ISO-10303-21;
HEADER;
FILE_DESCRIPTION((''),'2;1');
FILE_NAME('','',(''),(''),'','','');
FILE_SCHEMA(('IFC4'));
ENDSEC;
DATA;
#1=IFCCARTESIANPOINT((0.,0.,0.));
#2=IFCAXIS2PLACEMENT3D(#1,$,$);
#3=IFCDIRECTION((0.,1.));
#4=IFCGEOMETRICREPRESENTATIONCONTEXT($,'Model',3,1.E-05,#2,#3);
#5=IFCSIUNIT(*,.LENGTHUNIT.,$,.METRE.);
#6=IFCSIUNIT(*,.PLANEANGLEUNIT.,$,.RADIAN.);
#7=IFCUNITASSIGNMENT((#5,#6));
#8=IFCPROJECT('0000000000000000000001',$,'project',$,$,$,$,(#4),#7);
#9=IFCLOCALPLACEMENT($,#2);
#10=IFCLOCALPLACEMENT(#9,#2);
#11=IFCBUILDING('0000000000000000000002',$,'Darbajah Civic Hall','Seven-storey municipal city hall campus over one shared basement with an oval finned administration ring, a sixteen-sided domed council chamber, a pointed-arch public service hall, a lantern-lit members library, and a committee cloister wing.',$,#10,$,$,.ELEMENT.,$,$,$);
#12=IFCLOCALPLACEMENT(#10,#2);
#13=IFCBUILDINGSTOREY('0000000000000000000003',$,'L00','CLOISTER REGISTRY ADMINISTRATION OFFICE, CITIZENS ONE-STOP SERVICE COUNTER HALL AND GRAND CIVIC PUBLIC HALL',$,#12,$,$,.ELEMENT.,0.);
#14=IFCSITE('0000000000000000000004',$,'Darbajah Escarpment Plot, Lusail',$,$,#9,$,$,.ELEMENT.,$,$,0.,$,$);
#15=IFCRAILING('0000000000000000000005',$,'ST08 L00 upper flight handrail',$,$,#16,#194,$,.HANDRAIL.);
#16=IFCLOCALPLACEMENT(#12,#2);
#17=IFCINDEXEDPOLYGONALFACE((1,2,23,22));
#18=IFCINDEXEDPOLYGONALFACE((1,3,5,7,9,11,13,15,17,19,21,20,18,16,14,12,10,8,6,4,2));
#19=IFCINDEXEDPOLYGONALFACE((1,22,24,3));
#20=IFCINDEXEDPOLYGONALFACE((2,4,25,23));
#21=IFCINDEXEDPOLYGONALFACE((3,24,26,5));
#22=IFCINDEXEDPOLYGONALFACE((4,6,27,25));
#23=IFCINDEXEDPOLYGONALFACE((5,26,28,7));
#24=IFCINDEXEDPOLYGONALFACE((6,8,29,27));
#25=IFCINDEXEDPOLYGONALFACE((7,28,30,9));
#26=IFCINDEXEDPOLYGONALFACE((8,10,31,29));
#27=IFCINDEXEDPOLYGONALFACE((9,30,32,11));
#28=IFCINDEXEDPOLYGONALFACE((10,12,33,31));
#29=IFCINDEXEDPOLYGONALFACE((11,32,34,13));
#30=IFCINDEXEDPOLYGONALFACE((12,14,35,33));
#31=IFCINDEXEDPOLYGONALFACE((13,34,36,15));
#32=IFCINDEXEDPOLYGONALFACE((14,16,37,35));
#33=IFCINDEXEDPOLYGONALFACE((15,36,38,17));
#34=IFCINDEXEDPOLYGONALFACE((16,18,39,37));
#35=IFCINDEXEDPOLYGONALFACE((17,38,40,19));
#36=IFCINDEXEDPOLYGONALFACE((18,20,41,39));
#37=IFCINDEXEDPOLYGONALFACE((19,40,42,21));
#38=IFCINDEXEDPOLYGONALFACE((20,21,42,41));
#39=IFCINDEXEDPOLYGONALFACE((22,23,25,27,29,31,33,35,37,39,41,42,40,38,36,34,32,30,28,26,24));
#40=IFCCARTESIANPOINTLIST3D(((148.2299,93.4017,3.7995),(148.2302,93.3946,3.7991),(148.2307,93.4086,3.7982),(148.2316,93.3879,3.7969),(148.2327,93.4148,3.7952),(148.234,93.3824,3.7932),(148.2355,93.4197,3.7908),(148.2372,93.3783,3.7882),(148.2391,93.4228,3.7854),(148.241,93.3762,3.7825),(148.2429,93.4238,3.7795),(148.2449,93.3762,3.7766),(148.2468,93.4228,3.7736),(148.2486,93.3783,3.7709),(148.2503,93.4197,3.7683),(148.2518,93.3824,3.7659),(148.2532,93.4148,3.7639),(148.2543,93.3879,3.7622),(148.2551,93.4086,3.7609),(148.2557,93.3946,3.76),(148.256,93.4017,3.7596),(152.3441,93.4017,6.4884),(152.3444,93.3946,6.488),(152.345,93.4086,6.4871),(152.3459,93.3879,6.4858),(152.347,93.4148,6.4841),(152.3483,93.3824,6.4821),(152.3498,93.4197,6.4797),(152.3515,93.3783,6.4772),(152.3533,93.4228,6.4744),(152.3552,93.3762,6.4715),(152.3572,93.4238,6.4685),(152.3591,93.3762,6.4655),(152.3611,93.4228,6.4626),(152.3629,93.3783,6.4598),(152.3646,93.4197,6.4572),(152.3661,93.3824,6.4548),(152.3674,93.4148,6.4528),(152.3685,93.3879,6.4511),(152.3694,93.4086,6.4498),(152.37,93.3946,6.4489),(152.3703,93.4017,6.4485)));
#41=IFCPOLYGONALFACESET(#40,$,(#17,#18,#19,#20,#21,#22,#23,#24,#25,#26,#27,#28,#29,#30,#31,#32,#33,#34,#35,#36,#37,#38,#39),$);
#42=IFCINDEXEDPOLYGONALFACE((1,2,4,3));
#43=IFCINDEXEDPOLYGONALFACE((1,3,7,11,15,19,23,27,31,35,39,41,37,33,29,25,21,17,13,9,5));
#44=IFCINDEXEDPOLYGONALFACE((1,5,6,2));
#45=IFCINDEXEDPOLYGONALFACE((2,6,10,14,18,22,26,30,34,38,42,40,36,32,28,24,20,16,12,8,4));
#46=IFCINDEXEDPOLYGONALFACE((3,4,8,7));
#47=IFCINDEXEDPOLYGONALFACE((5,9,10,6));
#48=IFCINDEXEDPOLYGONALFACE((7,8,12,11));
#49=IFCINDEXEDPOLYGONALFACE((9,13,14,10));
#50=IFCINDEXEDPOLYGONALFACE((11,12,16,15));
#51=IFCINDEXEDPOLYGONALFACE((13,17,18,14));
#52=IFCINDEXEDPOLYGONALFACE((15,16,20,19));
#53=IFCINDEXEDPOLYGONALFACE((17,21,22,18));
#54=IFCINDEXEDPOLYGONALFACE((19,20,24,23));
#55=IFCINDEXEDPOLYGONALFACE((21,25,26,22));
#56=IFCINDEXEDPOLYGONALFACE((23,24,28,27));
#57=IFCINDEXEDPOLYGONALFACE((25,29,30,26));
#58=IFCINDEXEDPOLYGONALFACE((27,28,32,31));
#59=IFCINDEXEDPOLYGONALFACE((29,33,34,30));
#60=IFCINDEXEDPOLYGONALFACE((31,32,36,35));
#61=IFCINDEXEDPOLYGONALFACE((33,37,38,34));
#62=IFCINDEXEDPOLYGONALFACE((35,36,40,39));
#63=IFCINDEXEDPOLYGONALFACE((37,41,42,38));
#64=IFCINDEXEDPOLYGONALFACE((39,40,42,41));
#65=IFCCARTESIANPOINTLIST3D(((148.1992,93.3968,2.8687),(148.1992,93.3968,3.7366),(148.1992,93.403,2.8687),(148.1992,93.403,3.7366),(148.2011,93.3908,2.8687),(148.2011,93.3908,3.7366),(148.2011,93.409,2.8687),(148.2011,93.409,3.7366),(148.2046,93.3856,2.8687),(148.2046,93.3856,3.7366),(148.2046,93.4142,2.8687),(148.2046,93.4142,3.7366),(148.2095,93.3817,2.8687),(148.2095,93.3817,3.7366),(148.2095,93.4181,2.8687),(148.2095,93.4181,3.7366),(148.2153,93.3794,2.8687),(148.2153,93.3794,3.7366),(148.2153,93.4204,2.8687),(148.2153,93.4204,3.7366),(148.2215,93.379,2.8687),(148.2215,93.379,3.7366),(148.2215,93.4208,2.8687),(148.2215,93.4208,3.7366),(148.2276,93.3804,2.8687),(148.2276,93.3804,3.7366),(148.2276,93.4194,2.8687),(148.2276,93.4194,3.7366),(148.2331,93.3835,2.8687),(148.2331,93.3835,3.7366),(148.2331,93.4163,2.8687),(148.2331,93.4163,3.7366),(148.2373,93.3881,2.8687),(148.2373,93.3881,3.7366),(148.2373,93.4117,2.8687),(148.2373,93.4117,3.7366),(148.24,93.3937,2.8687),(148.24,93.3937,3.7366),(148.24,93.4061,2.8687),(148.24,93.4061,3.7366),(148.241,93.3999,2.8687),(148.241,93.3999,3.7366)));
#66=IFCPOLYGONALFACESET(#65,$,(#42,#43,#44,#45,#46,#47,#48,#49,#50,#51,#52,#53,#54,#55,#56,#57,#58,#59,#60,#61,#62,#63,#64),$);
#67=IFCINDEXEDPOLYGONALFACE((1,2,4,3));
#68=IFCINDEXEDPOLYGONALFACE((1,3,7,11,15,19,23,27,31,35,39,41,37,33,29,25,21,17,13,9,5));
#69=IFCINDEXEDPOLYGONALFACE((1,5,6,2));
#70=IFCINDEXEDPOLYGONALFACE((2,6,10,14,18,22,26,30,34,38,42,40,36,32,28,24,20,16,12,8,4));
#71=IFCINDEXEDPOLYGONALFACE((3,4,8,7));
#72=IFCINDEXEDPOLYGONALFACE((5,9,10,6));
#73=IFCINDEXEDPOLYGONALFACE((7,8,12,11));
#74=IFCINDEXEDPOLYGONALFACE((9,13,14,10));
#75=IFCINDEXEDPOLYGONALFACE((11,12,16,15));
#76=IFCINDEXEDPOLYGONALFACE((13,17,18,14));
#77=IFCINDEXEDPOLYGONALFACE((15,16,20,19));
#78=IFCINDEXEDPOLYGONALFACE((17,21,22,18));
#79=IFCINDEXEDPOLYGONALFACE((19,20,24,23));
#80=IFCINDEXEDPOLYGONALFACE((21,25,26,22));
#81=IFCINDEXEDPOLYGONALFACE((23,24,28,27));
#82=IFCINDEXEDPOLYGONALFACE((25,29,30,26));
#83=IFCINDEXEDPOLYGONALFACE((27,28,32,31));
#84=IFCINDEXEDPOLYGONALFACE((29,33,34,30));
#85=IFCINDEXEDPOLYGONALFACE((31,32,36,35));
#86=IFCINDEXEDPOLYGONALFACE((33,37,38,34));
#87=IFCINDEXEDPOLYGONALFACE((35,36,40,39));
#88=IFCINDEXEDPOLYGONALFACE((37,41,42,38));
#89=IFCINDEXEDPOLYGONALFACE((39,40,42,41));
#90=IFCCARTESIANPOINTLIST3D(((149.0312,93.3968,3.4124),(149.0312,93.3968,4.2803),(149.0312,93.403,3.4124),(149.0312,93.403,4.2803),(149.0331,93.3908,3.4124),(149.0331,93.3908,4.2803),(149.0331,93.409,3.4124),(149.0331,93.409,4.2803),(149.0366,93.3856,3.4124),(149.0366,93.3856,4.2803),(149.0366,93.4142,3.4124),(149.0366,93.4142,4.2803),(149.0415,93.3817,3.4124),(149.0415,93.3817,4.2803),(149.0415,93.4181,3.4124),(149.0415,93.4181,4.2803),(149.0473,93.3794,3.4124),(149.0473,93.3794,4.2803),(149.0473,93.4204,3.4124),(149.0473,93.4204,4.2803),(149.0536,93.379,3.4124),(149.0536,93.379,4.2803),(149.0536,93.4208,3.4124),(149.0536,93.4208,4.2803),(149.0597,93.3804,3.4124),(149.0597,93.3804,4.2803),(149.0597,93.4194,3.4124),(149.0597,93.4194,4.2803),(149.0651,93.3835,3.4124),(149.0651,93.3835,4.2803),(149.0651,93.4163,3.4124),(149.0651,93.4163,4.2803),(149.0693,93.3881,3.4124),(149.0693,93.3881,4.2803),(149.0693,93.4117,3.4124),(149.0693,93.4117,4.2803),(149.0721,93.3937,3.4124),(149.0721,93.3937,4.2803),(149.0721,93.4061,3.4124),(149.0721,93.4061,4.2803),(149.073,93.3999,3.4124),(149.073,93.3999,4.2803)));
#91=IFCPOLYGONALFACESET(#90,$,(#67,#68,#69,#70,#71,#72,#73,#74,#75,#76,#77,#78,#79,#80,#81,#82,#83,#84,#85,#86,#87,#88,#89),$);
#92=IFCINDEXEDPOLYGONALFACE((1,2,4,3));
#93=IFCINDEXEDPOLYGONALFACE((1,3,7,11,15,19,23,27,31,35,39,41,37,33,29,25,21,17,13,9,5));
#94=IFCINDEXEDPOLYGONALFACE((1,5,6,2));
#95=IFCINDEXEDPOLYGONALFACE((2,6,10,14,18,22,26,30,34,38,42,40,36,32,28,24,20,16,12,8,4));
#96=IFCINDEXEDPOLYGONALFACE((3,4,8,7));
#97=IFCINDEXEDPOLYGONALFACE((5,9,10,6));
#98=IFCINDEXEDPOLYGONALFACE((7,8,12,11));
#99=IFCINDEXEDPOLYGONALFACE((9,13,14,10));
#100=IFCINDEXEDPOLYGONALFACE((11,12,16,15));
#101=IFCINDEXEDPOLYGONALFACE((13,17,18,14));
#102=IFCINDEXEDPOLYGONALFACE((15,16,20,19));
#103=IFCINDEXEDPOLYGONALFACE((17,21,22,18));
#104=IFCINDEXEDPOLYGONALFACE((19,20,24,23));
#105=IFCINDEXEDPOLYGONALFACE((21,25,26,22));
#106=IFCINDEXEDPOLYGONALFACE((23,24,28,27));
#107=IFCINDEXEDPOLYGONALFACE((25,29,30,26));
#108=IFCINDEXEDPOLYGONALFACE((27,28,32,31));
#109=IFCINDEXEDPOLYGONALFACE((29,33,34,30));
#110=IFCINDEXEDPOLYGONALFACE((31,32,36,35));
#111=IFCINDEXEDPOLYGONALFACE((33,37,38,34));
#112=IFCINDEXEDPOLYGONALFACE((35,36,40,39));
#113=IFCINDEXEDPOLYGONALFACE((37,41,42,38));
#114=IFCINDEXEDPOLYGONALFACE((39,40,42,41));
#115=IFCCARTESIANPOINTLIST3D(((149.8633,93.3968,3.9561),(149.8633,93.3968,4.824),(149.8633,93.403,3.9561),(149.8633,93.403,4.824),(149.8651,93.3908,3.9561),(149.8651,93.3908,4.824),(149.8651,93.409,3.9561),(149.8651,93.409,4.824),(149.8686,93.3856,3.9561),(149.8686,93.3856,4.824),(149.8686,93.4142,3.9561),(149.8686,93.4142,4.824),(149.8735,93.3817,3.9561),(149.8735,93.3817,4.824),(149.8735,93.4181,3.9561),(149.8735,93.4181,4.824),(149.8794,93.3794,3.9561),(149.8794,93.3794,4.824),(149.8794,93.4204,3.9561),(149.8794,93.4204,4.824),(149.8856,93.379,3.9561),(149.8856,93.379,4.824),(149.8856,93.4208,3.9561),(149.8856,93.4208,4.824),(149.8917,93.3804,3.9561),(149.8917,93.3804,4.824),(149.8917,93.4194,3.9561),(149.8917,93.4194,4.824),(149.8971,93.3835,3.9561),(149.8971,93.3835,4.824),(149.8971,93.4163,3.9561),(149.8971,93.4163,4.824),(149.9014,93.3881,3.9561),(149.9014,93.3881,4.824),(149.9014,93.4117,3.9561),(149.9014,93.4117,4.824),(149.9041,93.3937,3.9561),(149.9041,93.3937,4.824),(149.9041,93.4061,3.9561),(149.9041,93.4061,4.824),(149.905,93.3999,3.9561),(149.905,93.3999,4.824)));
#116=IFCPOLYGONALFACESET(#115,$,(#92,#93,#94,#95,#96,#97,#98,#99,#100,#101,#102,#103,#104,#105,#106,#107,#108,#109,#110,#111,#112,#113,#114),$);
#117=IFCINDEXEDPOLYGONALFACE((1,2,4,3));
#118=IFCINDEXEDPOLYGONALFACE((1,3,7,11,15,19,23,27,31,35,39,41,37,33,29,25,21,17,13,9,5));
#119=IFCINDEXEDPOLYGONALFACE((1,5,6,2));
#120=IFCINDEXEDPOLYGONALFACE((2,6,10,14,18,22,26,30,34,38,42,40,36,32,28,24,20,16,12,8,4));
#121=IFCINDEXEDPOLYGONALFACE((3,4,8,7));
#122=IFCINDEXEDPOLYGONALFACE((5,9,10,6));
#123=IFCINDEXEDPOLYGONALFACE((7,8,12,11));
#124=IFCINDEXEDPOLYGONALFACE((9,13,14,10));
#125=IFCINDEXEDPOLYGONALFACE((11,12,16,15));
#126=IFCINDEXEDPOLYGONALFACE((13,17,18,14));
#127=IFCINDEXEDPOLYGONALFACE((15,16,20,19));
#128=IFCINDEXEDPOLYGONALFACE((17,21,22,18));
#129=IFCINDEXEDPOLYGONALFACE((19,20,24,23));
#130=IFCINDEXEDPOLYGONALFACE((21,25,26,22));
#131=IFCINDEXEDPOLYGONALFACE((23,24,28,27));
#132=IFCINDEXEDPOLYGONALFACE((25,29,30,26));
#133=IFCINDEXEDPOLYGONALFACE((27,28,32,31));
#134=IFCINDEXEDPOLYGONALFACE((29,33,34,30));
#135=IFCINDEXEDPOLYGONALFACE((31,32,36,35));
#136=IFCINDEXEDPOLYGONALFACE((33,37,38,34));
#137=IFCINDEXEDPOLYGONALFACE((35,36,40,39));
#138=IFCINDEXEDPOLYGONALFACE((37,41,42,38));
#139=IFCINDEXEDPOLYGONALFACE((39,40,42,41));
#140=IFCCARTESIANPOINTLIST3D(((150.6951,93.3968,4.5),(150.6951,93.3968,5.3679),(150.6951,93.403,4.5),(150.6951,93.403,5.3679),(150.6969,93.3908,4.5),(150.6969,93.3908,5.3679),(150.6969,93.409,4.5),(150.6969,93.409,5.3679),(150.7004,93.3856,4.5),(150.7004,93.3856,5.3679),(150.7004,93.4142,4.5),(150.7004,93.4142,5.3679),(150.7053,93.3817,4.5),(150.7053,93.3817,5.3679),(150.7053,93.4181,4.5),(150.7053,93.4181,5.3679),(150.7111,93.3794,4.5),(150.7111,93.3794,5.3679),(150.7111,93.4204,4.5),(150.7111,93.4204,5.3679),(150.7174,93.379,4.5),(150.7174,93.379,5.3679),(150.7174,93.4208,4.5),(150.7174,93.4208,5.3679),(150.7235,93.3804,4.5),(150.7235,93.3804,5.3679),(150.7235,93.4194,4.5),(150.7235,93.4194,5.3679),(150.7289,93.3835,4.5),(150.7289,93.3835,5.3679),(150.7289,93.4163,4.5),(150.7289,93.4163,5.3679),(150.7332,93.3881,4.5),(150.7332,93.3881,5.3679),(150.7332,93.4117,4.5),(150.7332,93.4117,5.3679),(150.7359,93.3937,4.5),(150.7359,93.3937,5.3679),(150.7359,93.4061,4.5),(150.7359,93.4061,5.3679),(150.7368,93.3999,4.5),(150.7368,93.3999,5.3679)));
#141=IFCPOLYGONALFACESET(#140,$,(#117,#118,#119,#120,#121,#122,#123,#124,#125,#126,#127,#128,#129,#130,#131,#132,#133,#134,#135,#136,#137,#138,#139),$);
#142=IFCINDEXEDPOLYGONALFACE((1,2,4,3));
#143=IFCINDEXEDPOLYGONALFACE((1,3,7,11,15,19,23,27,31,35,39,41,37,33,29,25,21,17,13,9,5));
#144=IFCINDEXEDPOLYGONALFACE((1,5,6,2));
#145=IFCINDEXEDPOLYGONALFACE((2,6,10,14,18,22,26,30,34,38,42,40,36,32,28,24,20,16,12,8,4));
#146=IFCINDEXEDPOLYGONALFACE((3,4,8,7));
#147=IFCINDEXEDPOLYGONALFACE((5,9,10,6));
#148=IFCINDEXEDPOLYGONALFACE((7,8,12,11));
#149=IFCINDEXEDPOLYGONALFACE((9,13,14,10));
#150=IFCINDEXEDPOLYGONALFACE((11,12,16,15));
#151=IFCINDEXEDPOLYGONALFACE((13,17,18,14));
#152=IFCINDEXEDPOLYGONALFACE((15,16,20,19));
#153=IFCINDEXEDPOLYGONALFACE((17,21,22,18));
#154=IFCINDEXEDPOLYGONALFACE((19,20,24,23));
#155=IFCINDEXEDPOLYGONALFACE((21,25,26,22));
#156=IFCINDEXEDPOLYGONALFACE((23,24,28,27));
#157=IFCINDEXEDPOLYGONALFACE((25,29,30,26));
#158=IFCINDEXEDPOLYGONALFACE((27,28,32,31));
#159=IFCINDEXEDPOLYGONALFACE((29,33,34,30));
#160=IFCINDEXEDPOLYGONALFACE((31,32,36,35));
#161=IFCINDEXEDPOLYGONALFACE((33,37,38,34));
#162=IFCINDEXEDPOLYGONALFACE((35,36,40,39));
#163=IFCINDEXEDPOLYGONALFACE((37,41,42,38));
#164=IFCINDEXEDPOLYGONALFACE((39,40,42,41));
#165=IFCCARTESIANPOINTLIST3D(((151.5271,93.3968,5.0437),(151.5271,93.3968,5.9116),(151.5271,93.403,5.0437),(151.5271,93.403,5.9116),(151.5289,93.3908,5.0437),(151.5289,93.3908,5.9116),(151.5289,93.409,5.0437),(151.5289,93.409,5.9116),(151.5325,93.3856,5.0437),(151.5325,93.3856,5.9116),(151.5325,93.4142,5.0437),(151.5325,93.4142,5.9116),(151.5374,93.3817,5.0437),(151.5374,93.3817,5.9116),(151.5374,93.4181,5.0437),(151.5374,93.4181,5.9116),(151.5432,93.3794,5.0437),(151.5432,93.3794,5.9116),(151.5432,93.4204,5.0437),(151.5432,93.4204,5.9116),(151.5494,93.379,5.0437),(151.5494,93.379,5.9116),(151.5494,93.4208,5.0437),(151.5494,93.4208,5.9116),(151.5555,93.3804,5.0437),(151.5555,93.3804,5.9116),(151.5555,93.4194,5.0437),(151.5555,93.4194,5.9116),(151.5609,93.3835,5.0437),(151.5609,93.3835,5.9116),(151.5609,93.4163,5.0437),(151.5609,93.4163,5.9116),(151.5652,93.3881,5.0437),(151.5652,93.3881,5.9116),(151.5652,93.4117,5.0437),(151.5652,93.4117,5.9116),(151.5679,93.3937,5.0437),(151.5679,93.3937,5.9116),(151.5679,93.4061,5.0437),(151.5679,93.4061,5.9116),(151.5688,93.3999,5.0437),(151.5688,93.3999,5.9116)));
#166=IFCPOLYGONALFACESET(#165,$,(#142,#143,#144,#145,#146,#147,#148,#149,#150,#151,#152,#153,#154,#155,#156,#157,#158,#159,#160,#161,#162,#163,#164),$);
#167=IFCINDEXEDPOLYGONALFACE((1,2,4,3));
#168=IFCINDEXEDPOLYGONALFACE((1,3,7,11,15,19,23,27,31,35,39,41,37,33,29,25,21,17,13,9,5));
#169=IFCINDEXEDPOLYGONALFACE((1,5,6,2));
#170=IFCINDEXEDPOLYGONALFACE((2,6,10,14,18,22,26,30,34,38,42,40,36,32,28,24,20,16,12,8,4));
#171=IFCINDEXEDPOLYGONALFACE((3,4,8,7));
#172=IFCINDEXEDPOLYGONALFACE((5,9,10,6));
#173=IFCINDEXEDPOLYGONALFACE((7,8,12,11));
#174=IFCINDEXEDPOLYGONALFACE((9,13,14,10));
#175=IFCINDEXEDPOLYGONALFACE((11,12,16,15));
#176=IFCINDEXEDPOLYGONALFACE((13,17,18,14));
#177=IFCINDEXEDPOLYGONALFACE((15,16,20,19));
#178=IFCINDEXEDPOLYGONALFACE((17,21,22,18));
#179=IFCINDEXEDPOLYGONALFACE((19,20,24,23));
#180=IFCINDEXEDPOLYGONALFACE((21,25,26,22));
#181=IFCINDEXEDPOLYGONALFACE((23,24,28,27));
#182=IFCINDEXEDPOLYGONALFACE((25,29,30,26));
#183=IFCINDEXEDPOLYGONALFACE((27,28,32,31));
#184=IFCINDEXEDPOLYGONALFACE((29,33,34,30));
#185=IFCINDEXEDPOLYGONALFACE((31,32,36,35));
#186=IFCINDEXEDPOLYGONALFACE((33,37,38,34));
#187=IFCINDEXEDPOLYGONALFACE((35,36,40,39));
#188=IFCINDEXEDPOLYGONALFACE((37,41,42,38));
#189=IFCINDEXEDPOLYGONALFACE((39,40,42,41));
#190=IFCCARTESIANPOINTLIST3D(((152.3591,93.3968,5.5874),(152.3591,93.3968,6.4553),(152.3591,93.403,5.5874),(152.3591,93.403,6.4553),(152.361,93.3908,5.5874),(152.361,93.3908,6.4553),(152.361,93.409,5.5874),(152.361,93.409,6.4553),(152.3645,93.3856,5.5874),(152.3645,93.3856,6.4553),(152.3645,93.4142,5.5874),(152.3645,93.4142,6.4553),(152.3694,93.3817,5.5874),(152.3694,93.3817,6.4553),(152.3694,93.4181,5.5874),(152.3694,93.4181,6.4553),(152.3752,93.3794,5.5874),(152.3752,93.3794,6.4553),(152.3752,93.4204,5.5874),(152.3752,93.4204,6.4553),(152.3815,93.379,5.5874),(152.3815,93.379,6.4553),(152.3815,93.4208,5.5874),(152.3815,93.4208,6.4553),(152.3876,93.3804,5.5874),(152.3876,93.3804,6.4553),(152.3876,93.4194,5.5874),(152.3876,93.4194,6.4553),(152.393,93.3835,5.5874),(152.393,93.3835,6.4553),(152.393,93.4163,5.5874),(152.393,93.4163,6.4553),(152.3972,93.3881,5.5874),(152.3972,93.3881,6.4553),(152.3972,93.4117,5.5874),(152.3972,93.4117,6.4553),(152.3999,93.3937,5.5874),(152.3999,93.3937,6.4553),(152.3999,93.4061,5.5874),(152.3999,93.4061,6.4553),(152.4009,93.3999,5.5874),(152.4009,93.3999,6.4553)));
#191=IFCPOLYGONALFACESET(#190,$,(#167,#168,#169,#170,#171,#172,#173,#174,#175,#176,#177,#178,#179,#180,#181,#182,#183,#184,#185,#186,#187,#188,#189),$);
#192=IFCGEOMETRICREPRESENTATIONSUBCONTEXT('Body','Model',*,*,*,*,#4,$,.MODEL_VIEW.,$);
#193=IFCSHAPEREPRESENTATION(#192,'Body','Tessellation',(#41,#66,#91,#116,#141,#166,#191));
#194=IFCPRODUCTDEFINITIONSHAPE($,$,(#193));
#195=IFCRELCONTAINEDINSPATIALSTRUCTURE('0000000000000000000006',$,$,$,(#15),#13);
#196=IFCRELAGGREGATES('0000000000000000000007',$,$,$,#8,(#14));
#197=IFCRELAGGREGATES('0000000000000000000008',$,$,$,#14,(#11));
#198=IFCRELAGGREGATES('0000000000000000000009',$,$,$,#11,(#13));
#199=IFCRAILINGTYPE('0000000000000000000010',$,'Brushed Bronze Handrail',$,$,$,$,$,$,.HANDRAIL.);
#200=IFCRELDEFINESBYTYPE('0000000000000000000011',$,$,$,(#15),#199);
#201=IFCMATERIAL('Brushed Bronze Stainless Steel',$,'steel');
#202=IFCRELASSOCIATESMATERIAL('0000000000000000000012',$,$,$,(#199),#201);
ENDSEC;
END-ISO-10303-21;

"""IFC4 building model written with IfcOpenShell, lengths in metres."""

from ifc_helpers import new_model, si_unit, direction, frame, origin, origin_2d, place, context, subcontext, project, spatial, circle, extrude, material, type_object, element, save


model = new_model("IFC4")

# Units and contexts
model_context = context("Model", 3, precision=1e-05, world=origin(), true_north=direction((0.0, 1.0)))
body_context = subcontext(model_context, "Body", "Model", "MODEL_VIEW")
ifc_project = project(units=[si_unit("LENGTHUNIT", "METRE"), si_unit("PLANEANGLEUNIT", "RADIAN")], contexts=[model_context])

# Site, building, storey
site_placement = place(None, origin())
site = spatial("IfcSite", under=ifc_project, at=site_placement, Name="Darbajah Escarpment Plot, Lusail", CompositionType="ELEMENT", RefElevation=0.0)
building_placement = place(site_placement, origin())
building = spatial("IfcBuilding", under=site, at=building_placement, Name="Darbajah Civic Hall", Description="Seven-storey municipal city hall campus over one shared basement with an oval finned administration ring, a sixteen-sided domed council chamber, a pointed-arch public service hall, a lantern-lit members library, and a committee cloister wing.", CompositionType="ELEMENT")
storey_placement = place(building_placement, origin())
storey = spatial("IfcBuildingStorey", under=building, at=storey_placement, Name="L00", Description="CLOISTER REGISTRY ADMINISTRATION OFFICE, CITIZENS ONE-STOP SERVICE COUNTER HALL AND GRAND CIVIC PUBLIC HALL", CompositionType="ELEMENT", Elevation=0.0)

# Railing
ifc_material_1 = material(Name="Brushed Bronze Stainless Steel", Category="steel")
railing_type_1 = type_object("IfcRailingType", Name="Brushed Bronze Handrail", PredefinedType="HANDRAIL", material=ifc_material_1)
railing_1_placement = place(storey_placement, frame((148.22, 93.3999, 2.8687)))
element("IfcRailing", 1, at=railing_1_placement, inside=storey, type_object=railing_type_1, Name="ST08 L00 upper flight handrail", PredefinedType="HANDRAIL", context=body_context, shape_type="SweptSolid", body=[
    extrude(circle(Radius=0.0239, at=origin_2d()), frame((0.0229, 0.0, 0.9109), z_axis=(0.83708, 0.0, 0.547081), x_axis=(0.0, 1.0, 0.0)), (0.0, 0.0, 1.0), 4.915),
    extrude(circle(Radius=0.021, at=origin_2d()), origin(), (0.0, 0.0, 1.0), 0.8679),
    extrude(circle(Radius=0.021, at=origin_2d()), frame((0.832, 0.0, 0.5437)), (0.0, 0.0, 1.0), 0.8679),
    extrude(circle(Radius=0.021, at=origin_2d()), frame((1.6641, 0.0, 1.0874)), (0.0, 0.0, 1.0), 0.8679),
    extrude(circle(Radius=0.021, at=origin_2d()), frame((2.4958, 0.0, 1.6313)), (0.0, 0.0, 1.0), 0.8679),
    extrude(circle(Radius=0.021, at=origin_2d()), frame((3.3279, 0.0, 2.175)), (0.0, 0.0, 1.0), 0.8679),
    extrude(circle(Radius=0.021, at=origin_2d()), frame((4.1599, 0.0, 2.7188)), (0.0, 0.0, 1.0), 0.8679),
])

save(model, "model.ifc")
